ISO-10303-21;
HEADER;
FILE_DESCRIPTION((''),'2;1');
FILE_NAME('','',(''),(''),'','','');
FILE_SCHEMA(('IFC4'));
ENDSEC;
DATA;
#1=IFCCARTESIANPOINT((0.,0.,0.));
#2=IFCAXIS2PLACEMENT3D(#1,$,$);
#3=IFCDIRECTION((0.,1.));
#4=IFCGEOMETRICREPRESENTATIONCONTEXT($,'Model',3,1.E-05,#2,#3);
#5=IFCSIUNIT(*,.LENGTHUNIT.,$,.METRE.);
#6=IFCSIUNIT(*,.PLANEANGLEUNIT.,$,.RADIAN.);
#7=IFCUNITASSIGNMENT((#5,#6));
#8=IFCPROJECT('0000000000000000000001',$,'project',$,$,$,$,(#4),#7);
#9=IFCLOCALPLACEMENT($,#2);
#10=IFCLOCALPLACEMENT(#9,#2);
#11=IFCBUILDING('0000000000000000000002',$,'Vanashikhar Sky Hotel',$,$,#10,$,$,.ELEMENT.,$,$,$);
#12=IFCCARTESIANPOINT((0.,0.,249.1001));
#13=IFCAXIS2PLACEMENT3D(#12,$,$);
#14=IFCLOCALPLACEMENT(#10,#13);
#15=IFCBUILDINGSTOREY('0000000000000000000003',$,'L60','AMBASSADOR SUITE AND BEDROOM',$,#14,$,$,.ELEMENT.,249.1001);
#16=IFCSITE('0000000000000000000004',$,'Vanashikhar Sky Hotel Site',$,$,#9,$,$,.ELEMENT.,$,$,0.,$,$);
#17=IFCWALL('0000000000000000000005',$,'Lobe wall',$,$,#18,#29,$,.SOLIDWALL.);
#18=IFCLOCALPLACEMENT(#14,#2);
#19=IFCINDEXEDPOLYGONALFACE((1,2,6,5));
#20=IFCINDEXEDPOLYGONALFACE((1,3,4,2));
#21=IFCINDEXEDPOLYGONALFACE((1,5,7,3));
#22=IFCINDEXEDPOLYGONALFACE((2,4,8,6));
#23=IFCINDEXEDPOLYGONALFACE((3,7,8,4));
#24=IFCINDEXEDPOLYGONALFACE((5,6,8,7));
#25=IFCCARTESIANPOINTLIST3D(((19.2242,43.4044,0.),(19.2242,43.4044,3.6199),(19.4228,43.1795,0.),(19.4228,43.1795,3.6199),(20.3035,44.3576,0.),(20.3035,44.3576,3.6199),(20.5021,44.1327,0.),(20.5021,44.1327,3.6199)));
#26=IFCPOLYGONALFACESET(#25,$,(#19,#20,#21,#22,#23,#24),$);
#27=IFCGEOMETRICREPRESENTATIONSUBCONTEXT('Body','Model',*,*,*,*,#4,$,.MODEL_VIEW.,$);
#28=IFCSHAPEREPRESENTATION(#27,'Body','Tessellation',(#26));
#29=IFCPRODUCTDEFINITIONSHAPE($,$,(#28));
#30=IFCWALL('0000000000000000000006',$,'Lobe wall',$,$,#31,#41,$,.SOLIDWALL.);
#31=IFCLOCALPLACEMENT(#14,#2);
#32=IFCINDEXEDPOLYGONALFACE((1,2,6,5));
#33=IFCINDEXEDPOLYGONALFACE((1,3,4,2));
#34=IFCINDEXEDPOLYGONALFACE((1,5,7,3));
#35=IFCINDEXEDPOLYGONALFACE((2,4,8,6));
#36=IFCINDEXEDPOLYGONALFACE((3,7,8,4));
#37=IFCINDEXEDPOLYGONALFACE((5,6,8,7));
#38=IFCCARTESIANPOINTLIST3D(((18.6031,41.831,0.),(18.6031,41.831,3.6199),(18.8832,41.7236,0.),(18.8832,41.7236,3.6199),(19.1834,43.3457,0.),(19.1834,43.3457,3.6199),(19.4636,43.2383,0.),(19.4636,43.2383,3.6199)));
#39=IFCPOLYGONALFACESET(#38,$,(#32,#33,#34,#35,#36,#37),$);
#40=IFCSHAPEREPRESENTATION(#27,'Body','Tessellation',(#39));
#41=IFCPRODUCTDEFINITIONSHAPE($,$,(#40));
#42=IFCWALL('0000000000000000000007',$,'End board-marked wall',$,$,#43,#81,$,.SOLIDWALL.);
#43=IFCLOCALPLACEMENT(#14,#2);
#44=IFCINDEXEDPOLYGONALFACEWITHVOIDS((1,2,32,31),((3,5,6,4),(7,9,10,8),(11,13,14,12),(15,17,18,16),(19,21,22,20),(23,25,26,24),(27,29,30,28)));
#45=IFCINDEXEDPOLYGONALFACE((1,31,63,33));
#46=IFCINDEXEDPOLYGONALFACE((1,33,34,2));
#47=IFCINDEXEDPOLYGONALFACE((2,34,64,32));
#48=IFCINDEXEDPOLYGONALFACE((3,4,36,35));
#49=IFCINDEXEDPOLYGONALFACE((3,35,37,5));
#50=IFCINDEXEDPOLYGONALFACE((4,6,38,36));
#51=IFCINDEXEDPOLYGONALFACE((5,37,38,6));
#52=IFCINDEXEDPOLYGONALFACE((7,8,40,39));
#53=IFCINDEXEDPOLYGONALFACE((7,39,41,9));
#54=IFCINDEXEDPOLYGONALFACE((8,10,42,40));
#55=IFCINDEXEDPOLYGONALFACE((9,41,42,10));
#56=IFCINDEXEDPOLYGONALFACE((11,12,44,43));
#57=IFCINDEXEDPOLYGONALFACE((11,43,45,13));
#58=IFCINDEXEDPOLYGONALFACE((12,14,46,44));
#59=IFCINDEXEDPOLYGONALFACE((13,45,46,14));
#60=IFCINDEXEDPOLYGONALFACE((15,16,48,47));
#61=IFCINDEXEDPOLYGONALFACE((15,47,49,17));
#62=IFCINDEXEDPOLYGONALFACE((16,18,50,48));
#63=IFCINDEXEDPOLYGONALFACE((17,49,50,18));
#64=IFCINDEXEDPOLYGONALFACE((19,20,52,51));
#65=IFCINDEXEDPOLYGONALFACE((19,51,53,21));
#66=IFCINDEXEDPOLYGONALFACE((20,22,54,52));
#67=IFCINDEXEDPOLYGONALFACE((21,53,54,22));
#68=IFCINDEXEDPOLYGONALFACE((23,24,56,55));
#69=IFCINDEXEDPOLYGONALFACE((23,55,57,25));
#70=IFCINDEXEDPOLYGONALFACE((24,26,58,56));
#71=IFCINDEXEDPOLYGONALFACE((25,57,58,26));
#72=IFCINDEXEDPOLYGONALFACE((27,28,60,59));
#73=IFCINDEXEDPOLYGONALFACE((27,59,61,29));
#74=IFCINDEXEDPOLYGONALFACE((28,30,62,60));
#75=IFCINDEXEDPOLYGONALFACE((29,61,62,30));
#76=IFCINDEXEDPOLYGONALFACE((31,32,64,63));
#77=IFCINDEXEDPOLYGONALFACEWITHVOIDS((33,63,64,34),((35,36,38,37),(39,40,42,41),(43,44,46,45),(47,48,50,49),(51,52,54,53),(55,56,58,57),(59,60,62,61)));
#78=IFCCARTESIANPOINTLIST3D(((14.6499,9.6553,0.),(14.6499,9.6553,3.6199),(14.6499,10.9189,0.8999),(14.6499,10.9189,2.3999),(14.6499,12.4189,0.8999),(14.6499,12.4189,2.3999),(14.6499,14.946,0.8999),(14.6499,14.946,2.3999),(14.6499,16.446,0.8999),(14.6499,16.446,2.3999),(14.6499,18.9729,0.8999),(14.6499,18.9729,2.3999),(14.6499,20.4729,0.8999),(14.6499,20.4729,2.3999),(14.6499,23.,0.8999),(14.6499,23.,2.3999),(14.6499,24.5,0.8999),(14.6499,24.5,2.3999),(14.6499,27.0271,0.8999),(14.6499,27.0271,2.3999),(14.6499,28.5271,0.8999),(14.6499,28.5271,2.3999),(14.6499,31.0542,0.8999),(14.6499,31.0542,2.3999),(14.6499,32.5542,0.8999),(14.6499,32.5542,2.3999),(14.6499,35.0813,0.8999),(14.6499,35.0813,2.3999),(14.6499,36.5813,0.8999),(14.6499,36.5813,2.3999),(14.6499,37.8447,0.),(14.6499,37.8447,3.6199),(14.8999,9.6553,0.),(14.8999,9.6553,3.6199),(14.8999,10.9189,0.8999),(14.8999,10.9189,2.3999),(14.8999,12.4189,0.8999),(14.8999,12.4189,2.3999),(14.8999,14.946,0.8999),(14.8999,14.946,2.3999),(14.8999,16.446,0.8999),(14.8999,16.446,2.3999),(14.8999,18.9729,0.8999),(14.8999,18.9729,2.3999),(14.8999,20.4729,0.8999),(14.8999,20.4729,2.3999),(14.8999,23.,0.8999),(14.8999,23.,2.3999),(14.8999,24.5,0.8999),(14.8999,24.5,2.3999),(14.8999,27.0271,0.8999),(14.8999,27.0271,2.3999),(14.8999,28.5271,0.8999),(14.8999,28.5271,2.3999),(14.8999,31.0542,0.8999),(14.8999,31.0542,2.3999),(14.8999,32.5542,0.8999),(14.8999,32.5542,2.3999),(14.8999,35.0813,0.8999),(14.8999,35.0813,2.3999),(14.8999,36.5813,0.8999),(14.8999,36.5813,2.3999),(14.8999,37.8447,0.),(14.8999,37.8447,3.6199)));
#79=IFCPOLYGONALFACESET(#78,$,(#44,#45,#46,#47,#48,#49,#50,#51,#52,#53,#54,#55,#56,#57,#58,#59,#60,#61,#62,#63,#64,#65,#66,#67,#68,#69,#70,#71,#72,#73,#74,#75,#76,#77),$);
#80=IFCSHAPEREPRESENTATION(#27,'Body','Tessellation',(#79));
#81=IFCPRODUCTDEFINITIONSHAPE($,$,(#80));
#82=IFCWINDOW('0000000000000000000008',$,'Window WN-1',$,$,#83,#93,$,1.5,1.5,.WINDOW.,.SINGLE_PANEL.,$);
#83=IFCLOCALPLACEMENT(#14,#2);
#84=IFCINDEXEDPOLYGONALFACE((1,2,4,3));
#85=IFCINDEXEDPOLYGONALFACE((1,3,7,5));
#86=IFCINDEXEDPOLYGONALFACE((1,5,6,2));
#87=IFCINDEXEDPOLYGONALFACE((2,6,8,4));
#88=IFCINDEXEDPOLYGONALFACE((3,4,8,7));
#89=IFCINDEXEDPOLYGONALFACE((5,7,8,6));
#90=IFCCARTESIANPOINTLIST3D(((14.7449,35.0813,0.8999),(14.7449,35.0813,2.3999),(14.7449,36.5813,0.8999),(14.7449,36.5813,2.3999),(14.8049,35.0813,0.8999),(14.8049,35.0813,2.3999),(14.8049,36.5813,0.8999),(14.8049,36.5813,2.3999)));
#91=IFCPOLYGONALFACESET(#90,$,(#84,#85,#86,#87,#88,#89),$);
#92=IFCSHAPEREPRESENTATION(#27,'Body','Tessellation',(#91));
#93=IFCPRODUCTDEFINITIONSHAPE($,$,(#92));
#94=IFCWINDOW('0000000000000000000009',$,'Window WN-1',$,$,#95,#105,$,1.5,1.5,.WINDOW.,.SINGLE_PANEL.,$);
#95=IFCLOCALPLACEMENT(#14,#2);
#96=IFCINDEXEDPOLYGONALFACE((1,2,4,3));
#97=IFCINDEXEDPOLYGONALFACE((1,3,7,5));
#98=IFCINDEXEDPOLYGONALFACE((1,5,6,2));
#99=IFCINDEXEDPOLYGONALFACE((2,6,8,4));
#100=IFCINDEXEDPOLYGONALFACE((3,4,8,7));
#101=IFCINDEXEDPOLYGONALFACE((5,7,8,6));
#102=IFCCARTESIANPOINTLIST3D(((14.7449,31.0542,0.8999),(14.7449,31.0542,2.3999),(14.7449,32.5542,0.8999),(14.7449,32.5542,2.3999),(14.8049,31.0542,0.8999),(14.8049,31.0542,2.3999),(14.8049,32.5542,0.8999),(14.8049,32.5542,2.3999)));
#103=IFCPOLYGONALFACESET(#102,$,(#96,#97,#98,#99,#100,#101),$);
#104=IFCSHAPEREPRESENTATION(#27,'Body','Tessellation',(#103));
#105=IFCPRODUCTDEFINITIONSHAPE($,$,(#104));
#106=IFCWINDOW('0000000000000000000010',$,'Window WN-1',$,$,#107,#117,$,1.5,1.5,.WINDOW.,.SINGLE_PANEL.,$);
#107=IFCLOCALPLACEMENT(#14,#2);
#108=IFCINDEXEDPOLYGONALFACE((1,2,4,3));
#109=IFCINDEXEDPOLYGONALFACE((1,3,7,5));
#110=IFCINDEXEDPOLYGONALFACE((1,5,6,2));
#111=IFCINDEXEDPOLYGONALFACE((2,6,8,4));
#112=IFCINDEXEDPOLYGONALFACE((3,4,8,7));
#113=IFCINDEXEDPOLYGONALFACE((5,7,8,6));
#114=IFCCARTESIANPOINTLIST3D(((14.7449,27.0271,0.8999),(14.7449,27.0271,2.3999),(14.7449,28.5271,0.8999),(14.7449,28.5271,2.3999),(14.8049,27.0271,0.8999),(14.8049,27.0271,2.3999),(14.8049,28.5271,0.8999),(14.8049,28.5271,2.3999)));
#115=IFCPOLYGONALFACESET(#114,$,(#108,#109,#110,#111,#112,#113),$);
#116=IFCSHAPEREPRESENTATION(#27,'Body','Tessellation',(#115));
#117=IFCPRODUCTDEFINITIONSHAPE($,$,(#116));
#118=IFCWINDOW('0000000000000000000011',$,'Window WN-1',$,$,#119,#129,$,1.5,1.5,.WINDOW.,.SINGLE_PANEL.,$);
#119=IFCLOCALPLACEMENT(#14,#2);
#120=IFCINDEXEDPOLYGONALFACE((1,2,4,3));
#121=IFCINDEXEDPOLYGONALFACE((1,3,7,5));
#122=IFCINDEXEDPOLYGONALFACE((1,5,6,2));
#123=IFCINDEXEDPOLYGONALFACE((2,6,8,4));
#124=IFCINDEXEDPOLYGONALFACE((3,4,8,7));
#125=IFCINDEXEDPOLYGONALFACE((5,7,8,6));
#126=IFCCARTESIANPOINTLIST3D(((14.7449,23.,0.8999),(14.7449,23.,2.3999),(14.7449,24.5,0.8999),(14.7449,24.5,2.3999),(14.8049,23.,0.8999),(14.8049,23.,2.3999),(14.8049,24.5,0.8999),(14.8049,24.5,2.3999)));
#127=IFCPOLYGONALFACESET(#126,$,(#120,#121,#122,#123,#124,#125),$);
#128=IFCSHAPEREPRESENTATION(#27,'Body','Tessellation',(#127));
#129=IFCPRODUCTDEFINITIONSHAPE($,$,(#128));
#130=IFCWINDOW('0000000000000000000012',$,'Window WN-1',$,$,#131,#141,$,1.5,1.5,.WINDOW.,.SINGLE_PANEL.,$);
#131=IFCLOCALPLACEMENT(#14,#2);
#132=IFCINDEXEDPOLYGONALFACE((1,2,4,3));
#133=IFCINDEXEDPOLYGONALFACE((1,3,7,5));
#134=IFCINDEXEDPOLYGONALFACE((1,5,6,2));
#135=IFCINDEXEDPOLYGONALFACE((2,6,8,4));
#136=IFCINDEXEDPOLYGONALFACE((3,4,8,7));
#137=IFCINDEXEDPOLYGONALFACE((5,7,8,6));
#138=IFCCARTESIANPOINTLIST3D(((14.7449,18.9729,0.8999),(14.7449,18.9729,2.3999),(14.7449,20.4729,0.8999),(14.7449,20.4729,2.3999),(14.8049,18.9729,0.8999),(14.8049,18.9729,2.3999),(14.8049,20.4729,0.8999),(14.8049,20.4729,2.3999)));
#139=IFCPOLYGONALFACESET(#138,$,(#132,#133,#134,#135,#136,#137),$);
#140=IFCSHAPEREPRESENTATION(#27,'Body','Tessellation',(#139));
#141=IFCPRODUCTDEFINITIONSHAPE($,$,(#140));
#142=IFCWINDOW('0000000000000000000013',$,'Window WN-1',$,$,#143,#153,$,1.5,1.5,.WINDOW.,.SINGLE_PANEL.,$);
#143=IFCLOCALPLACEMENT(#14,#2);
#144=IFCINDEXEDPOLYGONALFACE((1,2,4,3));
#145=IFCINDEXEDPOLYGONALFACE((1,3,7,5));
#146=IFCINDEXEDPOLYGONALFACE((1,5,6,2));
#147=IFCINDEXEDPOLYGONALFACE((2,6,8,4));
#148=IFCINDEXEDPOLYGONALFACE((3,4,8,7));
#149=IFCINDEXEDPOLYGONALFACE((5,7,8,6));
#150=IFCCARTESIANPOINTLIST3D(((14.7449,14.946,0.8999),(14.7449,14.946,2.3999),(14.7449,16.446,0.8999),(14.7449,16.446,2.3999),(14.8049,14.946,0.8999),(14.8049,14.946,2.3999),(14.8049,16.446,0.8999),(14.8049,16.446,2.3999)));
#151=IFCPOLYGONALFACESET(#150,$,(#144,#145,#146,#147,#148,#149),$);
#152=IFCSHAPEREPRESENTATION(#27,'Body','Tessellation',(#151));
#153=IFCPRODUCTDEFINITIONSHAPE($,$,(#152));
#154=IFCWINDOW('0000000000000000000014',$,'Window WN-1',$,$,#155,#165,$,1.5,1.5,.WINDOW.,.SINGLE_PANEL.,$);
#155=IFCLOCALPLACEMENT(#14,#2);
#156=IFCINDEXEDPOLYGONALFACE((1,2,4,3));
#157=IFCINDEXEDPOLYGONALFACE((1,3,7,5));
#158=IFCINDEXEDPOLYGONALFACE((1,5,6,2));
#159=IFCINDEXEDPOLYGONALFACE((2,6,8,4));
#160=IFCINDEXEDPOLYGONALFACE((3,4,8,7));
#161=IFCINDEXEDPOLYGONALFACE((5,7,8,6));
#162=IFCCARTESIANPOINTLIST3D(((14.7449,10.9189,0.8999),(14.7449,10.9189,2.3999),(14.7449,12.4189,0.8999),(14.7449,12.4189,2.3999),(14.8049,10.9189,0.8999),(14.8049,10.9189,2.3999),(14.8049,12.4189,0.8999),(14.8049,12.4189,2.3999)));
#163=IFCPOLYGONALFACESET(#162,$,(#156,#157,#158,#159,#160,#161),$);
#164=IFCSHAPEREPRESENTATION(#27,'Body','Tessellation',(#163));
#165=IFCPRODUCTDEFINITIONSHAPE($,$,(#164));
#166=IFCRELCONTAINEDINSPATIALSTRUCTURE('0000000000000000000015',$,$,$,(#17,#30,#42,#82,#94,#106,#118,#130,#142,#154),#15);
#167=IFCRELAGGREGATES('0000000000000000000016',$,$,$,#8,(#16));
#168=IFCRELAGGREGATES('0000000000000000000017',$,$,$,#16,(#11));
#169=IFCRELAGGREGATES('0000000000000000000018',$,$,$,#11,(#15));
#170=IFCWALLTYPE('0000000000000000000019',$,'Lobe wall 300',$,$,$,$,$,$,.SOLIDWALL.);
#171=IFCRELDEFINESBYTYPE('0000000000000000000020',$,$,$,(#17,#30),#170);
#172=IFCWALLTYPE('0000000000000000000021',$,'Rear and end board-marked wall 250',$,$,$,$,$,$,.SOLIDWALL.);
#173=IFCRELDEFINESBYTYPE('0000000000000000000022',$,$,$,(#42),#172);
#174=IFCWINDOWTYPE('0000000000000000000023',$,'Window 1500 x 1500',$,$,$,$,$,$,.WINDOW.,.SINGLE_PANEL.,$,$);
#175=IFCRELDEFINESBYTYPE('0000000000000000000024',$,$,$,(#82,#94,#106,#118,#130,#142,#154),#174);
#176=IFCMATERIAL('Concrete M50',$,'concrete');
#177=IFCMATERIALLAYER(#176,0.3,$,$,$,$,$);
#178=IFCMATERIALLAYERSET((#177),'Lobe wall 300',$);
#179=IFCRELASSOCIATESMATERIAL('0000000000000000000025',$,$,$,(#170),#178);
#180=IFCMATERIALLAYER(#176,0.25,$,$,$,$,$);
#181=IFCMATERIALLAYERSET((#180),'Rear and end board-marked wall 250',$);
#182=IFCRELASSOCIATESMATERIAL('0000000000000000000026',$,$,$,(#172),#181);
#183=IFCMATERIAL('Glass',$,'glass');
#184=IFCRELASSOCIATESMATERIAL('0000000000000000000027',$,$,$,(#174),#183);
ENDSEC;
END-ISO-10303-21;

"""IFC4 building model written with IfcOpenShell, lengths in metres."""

from ifc_helpers import new_model, si_unit, direction, frame, frame_2d, origin, place, context, subcontext, project, spatial, rectangle, extrude, source, transform, mapped, material, layer, layer_set, type_object, element, fill, save


model = new_model("IFC4")

# Units and contexts
model_context = context("Model", 3, precision=1e-05, world=origin(), true_north=direction((0.0, 1.0)))
body_context = subcontext(model_context, "Body", "Model", "MODEL_VIEW")
ifc_project = project(units=[si_unit("LENGTHUNIT", "METRE"), si_unit("PLANEANGLEUNIT", "RADIAN")], contexts=[model_context])

# Site, building, storey
site_placement = place(None, origin())
site = spatial("IfcSite", under=ifc_project, at=site_placement, Name="Vanashikhar Sky Hotel Site", CompositionType="ELEMENT", RefElevation=0.0)
building_placement = place(site_placement, origin())
building = spatial("IfcBuilding", under=site, at=building_placement, Name="Vanashikhar Sky Hotel", CompositionType="ELEMENT")
storey_placement = place(building_placement, frame((0.0, 0.0, 249.1001)))
storey = spatial("IfcBuildingStorey", under=building, at=storey_placement, Name="L60", Description="AMBASSADOR SUITE AND BEDROOM", CompositionType="ELEMENT", Elevation=249.1001)

# Shared definitions
ifc_material_1 = material(Name="Concrete M50", Category="concrete")
ifc_layer_1 = layer(ifc_material_1, 0.3)
ifc_layer_set_1 = layer_set([ifc_layer_1], Name="Lobe wall 300")
wall_type_1 = type_object("IfcWallType", Name="Lobe wall 300", PredefinedType="SOLIDWALL", material=ifc_layer_set_1)
ifc_material_2 = material(Name="Glass", Category="glass")

# Walls
shared_shape_1 = source(origin(), body_context, "Body", "SweptSolid", [
    extrude(rectangle(XDim=1.4399, YDim=0.3, at=frame_2d((0.72, 0.0))), origin(), (0.0, 0.0, 1.0), 3.6199),
])
wall_1_placement = place(storey_placement, frame((20.4028, 44.2451, 0.0), z_axis=(0.0, 0.0, 1.0), x_axis=(-0.749576, -0.661919, 0.0)))
element("IfcWall", 1, at=wall_1_placement, inside=storey, type_object=wall_type_1, Name="Lobe wall", PredefinedType="SOLIDWALL", context=body_context, shape_type="MappedRepresentation", body=[
    mapped(shared_shape_1, transform((0.0, 0.0, 0.0), scale=1.0)),
])
shared_shape_2 = source(origin(), body_context, "Body", "SweptSolid", [
    extrude(rectangle(XDim=1.6221, YDim=0.3, at=frame_2d((0.811, 0.0))), origin(), (0.0, 0.0, 1.0), 3.6199),
])
wall_2_placement = place(storey_placement, frame((19.3235, 43.292, 0.0), z_axis=(0.0, 0.0, 1.0), x_axis=(-0.357779, -0.933806, 0.0)))
element("IfcWall", 2, at=wall_2_placement, inside=storey, type_object=wall_type_1, Name="Lobe wall", PredefinedType="SOLIDWALL", context=body_context, shape_type="MappedRepresentation", body=[
    mapped(shared_shape_2, transform((0.0, 0.0, 0.0), scale=1.0)),
])

# Wall, openings, windows
ifc_layer_2 = layer(ifc_material_1, 0.25)
ifc_layer_set_2 = layer_set([ifc_layer_2], Name="Rear and end board-marked wall 250")
wall_type_2 = type_object("IfcWallType", Name="Rear and end board-marked wall 250", PredefinedType="SOLIDWALL", material=ifc_layer_set_2)
shared_shape_3 = source(origin(), body_context, "Body", "SweptSolid", [
    extrude(rectangle(XDim=28.1895, YDim=0.25, at=frame_2d((14.0947, 0.0))), origin(), (0.0, 0.0, 1.0), 3.6199),
])
wall_3_placement = place(storey_placement, frame((14.7749, 37.8447, 0.0), z_axis=(0.0, 0.0, 1.0), x_axis=(0.0, -1.0, 0.0)))
wall_3 = element("IfcWall", 3, at=wall_3_placement, inside=storey, type_object=wall_type_2, Name="End board-marked wall", PredefinedType="SOLIDWALL", context=body_context, shape_type="MappedRepresentation", body=[
    mapped(shared_shape_3, transform((0.0, 0.0, 0.0), scale=1.0)),
])
shared_shape_4 = source(origin(), body_context, "Body", "SweptSolid", [
    extrude(rectangle(XDim=1.5, YDim=1.5, at=frame_2d((0.75, 0.75))), frame((0.0, 0.135, 0.0), z_axis=(0.0, -1.0, 0.0), x_axis=(1.0, 0.0, 0.0)), (0.0, 0.0, 1.0), 0.27),
])
opening_1_placement = place(wall_3_placement, frame((1.2634, 0.0, 0.8999)))
opening_1 = element("IfcOpeningElement", 4, at=opening_1_placement, cuts=wall_3, PredefinedType="OPENING", context=body_context, shape_type="MappedRepresentation", body=[
    mapped(shared_shape_4, transform((0.0, 0.0, 0.0), scale=1.0)),
])
opening_2_placement = place(wall_3_placement, frame((5.2905, 0.0, 0.8999)))
opening_2 = element("IfcOpeningElement", 5, at=opening_2_placement, cuts=wall_3, PredefinedType="OPENING", context=body_context, shape_type="MappedRepresentation", body=[
    mapped(shared_shape_4, transform((0.0, 0.0, 0.0), scale=1.0)),
])
opening_3_placement = place(wall_3_placement, frame((9.3176, 0.0, 0.8999)))
opening_3 = element("IfcOpeningElement", 6, at=opening_3_placement, cuts=wall_3, PredefinedType="OPENING", context=body_context, shape_type="MappedRepresentation", body=[
    mapped(shared_shape_4, transform((0.0, 0.0, 0.0), scale=1.0)),
])
opening_4_placement = place(wall_3_placement, frame((13.3447, 0.0, 0.8999)))
opening_4 = element("IfcOpeningElement", 7, at=opening_4_placement, cuts=wall_3, PredefinedType="OPENING", context=body_context, shape_type="MappedRepresentation", body=[
    mapped(shared_shape_4, transform((0.0, 0.0, 0.0), scale=1.0)),
])
opening_5_placement = place(wall_3_placement, frame((17.3718, 0.0, 0.8999)))
opening_5 = element("IfcOpeningElement", 8, at=opening_5_placement, cuts=wall_3, PredefinedType="OPENING", context=body_context, shape_type="MappedRepresentation", body=[
    mapped(shared_shape_4, transform((0.0, 0.0, 0.0), scale=1.0)),
])
opening_6_placement = place(wall_3_placement, frame((21.3987, 0.0, 0.8999)))
opening_6 = element("IfcOpeningElement", 9, at=opening_6_placement, cuts=wall_3, PredefinedType="OPENING", context=body_context, shape_type="MappedRepresentation", body=[
    mapped(shared_shape_4, transform((0.0, 0.0, 0.0), scale=1.0)),
])
opening_7_placement = place(wall_3_placement, frame((25.4258, 0.0, 0.8999)))
opening_7 = element("IfcOpeningElement", 10, at=opening_7_placement, cuts=wall_3, PredefinedType="OPENING", context=body_context, shape_type="MappedRepresentation", body=[
    mapped(shared_shape_4, transform((0.0, 0.0, 0.0), scale=1.0)),
])
window_type_1 = type_object("IfcWindowType", Name="Window 1500 x 1500", PartitioningType="SINGLE_PANEL", PredefinedType="WINDOW", material=ifc_material_2)
shared_shape_5 = source(origin(), body_context, "Body", "SweptSolid", [
    extrude(rectangle(XDim=1.5, YDim=1.5, at=frame_2d((0.75, 0.75))), frame((0.0, 0.03, 0.0), z_axis=(0.0, -1.0, 0.0), x_axis=(1.0, 0.0, 0.0)), (0.0, 0.0, 1.0), 0.0601),
])
window_1_placement = place(opening_1_placement, origin())
window_1 = element("IfcWindow", 11, at=window_1_placement, inside=storey, type_object=window_type_1, Name="Window WN-1", OverallHeight=1.5, OverallWidth=1.5, PartitioningType="SINGLE_PANEL", PredefinedType="WINDOW", context=body_context, shape_type="MappedRepresentation", body=[
    mapped(shared_shape_5, transform((0.0, 0.0, 0.0), scale=1.0)),
])
fill(opening_1, window_1)
window_2_placement = place(opening_2_placement, origin())
window_2 = element("IfcWindow", 12, at=window_2_placement, inside=storey, type_object=window_type_1, Name="Window WN-1", OverallHeight=1.5, OverallWidth=1.5, PartitioningType="SINGLE_PANEL", PredefinedType="WINDOW", context=body_context, shape_type="MappedRepresentation", body=[
    mapped(shared_shape_5, transform((0.0, 0.0, 0.0), scale=1.0)),
])
fill(opening_2, window_2)
window_3_placement = place(opening_3_placement, origin())
window_3 = element("IfcWindow", 13, at=window_3_placement, inside=storey, type_object=window_type_1, Name="Window WN-1", OverallHeight=1.5, OverallWidth=1.5, PartitioningType="SINGLE_PANEL", PredefinedType="WINDOW", context=body_context, shape_type="MappedRepresentation", body=[
    mapped(shared_shape_5, transform((0.0, 0.0, 0.0), scale=1.0)),
])
fill(opening_3, window_3)
window_4_placement = place(opening_4_placement, origin())
window_4 = element("IfcWindow", 14, at=window_4_placement, inside=storey, type_object=window_type_1, Name="Window WN-1", OverallHeight=1.5, OverallWidth=1.5, PartitioningType="SINGLE_PANEL", PredefinedType="WINDOW", context=body_context, shape_type="MappedRepresentation", body=[
    mapped(shared_shape_5, transform((0.0, 0.0, 0.0), scale=1.0)),
])
fill(opening_4, window_4)
window_5_placement = place(opening_5_placement, origin())
window_5 = element("IfcWindow", 15, at=window_5_placement, inside=storey, type_object=window_type_1, Name="Window WN-1", OverallHeight=1.5, OverallWidth=1.5, PartitioningType="SINGLE_PANEL", PredefinedType="WINDOW", context=body_context, shape_type="MappedRepresentation", body=[
    mapped(shared_shape_5, transform((0.0, 0.0, 0.0), scale=1.0)),
])
fill(opening_5, window_5)
window_6_placement = place(opening_6_placement, origin())
window_6 = element("IfcWindow", 16, at=window_6_placement, inside=storey, type_object=window_type_1, Name="Window WN-1", OverallHeight=1.5, OverallWidth=1.5, PartitioningType="SINGLE_PANEL", PredefinedType="WINDOW", context=body_context, shape_type="MappedRepresentation", body=[
    mapped(shared_shape_5, transform((0.0, 0.0, 0.0), scale=1.0)),
])
fill(opening_6, window_6)
window_7_placement = place(opening_7_placement, origin())
window_7 = element("IfcWindow", 17, at=window_7_placement, inside=storey, type_object=window_type_1, Name="Window WN-1", OverallHeight=1.5, OverallWidth=1.5, PartitioningType="SINGLE_PANEL", PredefinedType="WINDOW", context=body_context, shape_type="MappedRepresentation", body=[
    mapped(shared_shape_5, transform((0.0, 0.0, 0.0), scale=1.0)),
])
fill(opening_7, window_7)

save(model, "model.ifc")
